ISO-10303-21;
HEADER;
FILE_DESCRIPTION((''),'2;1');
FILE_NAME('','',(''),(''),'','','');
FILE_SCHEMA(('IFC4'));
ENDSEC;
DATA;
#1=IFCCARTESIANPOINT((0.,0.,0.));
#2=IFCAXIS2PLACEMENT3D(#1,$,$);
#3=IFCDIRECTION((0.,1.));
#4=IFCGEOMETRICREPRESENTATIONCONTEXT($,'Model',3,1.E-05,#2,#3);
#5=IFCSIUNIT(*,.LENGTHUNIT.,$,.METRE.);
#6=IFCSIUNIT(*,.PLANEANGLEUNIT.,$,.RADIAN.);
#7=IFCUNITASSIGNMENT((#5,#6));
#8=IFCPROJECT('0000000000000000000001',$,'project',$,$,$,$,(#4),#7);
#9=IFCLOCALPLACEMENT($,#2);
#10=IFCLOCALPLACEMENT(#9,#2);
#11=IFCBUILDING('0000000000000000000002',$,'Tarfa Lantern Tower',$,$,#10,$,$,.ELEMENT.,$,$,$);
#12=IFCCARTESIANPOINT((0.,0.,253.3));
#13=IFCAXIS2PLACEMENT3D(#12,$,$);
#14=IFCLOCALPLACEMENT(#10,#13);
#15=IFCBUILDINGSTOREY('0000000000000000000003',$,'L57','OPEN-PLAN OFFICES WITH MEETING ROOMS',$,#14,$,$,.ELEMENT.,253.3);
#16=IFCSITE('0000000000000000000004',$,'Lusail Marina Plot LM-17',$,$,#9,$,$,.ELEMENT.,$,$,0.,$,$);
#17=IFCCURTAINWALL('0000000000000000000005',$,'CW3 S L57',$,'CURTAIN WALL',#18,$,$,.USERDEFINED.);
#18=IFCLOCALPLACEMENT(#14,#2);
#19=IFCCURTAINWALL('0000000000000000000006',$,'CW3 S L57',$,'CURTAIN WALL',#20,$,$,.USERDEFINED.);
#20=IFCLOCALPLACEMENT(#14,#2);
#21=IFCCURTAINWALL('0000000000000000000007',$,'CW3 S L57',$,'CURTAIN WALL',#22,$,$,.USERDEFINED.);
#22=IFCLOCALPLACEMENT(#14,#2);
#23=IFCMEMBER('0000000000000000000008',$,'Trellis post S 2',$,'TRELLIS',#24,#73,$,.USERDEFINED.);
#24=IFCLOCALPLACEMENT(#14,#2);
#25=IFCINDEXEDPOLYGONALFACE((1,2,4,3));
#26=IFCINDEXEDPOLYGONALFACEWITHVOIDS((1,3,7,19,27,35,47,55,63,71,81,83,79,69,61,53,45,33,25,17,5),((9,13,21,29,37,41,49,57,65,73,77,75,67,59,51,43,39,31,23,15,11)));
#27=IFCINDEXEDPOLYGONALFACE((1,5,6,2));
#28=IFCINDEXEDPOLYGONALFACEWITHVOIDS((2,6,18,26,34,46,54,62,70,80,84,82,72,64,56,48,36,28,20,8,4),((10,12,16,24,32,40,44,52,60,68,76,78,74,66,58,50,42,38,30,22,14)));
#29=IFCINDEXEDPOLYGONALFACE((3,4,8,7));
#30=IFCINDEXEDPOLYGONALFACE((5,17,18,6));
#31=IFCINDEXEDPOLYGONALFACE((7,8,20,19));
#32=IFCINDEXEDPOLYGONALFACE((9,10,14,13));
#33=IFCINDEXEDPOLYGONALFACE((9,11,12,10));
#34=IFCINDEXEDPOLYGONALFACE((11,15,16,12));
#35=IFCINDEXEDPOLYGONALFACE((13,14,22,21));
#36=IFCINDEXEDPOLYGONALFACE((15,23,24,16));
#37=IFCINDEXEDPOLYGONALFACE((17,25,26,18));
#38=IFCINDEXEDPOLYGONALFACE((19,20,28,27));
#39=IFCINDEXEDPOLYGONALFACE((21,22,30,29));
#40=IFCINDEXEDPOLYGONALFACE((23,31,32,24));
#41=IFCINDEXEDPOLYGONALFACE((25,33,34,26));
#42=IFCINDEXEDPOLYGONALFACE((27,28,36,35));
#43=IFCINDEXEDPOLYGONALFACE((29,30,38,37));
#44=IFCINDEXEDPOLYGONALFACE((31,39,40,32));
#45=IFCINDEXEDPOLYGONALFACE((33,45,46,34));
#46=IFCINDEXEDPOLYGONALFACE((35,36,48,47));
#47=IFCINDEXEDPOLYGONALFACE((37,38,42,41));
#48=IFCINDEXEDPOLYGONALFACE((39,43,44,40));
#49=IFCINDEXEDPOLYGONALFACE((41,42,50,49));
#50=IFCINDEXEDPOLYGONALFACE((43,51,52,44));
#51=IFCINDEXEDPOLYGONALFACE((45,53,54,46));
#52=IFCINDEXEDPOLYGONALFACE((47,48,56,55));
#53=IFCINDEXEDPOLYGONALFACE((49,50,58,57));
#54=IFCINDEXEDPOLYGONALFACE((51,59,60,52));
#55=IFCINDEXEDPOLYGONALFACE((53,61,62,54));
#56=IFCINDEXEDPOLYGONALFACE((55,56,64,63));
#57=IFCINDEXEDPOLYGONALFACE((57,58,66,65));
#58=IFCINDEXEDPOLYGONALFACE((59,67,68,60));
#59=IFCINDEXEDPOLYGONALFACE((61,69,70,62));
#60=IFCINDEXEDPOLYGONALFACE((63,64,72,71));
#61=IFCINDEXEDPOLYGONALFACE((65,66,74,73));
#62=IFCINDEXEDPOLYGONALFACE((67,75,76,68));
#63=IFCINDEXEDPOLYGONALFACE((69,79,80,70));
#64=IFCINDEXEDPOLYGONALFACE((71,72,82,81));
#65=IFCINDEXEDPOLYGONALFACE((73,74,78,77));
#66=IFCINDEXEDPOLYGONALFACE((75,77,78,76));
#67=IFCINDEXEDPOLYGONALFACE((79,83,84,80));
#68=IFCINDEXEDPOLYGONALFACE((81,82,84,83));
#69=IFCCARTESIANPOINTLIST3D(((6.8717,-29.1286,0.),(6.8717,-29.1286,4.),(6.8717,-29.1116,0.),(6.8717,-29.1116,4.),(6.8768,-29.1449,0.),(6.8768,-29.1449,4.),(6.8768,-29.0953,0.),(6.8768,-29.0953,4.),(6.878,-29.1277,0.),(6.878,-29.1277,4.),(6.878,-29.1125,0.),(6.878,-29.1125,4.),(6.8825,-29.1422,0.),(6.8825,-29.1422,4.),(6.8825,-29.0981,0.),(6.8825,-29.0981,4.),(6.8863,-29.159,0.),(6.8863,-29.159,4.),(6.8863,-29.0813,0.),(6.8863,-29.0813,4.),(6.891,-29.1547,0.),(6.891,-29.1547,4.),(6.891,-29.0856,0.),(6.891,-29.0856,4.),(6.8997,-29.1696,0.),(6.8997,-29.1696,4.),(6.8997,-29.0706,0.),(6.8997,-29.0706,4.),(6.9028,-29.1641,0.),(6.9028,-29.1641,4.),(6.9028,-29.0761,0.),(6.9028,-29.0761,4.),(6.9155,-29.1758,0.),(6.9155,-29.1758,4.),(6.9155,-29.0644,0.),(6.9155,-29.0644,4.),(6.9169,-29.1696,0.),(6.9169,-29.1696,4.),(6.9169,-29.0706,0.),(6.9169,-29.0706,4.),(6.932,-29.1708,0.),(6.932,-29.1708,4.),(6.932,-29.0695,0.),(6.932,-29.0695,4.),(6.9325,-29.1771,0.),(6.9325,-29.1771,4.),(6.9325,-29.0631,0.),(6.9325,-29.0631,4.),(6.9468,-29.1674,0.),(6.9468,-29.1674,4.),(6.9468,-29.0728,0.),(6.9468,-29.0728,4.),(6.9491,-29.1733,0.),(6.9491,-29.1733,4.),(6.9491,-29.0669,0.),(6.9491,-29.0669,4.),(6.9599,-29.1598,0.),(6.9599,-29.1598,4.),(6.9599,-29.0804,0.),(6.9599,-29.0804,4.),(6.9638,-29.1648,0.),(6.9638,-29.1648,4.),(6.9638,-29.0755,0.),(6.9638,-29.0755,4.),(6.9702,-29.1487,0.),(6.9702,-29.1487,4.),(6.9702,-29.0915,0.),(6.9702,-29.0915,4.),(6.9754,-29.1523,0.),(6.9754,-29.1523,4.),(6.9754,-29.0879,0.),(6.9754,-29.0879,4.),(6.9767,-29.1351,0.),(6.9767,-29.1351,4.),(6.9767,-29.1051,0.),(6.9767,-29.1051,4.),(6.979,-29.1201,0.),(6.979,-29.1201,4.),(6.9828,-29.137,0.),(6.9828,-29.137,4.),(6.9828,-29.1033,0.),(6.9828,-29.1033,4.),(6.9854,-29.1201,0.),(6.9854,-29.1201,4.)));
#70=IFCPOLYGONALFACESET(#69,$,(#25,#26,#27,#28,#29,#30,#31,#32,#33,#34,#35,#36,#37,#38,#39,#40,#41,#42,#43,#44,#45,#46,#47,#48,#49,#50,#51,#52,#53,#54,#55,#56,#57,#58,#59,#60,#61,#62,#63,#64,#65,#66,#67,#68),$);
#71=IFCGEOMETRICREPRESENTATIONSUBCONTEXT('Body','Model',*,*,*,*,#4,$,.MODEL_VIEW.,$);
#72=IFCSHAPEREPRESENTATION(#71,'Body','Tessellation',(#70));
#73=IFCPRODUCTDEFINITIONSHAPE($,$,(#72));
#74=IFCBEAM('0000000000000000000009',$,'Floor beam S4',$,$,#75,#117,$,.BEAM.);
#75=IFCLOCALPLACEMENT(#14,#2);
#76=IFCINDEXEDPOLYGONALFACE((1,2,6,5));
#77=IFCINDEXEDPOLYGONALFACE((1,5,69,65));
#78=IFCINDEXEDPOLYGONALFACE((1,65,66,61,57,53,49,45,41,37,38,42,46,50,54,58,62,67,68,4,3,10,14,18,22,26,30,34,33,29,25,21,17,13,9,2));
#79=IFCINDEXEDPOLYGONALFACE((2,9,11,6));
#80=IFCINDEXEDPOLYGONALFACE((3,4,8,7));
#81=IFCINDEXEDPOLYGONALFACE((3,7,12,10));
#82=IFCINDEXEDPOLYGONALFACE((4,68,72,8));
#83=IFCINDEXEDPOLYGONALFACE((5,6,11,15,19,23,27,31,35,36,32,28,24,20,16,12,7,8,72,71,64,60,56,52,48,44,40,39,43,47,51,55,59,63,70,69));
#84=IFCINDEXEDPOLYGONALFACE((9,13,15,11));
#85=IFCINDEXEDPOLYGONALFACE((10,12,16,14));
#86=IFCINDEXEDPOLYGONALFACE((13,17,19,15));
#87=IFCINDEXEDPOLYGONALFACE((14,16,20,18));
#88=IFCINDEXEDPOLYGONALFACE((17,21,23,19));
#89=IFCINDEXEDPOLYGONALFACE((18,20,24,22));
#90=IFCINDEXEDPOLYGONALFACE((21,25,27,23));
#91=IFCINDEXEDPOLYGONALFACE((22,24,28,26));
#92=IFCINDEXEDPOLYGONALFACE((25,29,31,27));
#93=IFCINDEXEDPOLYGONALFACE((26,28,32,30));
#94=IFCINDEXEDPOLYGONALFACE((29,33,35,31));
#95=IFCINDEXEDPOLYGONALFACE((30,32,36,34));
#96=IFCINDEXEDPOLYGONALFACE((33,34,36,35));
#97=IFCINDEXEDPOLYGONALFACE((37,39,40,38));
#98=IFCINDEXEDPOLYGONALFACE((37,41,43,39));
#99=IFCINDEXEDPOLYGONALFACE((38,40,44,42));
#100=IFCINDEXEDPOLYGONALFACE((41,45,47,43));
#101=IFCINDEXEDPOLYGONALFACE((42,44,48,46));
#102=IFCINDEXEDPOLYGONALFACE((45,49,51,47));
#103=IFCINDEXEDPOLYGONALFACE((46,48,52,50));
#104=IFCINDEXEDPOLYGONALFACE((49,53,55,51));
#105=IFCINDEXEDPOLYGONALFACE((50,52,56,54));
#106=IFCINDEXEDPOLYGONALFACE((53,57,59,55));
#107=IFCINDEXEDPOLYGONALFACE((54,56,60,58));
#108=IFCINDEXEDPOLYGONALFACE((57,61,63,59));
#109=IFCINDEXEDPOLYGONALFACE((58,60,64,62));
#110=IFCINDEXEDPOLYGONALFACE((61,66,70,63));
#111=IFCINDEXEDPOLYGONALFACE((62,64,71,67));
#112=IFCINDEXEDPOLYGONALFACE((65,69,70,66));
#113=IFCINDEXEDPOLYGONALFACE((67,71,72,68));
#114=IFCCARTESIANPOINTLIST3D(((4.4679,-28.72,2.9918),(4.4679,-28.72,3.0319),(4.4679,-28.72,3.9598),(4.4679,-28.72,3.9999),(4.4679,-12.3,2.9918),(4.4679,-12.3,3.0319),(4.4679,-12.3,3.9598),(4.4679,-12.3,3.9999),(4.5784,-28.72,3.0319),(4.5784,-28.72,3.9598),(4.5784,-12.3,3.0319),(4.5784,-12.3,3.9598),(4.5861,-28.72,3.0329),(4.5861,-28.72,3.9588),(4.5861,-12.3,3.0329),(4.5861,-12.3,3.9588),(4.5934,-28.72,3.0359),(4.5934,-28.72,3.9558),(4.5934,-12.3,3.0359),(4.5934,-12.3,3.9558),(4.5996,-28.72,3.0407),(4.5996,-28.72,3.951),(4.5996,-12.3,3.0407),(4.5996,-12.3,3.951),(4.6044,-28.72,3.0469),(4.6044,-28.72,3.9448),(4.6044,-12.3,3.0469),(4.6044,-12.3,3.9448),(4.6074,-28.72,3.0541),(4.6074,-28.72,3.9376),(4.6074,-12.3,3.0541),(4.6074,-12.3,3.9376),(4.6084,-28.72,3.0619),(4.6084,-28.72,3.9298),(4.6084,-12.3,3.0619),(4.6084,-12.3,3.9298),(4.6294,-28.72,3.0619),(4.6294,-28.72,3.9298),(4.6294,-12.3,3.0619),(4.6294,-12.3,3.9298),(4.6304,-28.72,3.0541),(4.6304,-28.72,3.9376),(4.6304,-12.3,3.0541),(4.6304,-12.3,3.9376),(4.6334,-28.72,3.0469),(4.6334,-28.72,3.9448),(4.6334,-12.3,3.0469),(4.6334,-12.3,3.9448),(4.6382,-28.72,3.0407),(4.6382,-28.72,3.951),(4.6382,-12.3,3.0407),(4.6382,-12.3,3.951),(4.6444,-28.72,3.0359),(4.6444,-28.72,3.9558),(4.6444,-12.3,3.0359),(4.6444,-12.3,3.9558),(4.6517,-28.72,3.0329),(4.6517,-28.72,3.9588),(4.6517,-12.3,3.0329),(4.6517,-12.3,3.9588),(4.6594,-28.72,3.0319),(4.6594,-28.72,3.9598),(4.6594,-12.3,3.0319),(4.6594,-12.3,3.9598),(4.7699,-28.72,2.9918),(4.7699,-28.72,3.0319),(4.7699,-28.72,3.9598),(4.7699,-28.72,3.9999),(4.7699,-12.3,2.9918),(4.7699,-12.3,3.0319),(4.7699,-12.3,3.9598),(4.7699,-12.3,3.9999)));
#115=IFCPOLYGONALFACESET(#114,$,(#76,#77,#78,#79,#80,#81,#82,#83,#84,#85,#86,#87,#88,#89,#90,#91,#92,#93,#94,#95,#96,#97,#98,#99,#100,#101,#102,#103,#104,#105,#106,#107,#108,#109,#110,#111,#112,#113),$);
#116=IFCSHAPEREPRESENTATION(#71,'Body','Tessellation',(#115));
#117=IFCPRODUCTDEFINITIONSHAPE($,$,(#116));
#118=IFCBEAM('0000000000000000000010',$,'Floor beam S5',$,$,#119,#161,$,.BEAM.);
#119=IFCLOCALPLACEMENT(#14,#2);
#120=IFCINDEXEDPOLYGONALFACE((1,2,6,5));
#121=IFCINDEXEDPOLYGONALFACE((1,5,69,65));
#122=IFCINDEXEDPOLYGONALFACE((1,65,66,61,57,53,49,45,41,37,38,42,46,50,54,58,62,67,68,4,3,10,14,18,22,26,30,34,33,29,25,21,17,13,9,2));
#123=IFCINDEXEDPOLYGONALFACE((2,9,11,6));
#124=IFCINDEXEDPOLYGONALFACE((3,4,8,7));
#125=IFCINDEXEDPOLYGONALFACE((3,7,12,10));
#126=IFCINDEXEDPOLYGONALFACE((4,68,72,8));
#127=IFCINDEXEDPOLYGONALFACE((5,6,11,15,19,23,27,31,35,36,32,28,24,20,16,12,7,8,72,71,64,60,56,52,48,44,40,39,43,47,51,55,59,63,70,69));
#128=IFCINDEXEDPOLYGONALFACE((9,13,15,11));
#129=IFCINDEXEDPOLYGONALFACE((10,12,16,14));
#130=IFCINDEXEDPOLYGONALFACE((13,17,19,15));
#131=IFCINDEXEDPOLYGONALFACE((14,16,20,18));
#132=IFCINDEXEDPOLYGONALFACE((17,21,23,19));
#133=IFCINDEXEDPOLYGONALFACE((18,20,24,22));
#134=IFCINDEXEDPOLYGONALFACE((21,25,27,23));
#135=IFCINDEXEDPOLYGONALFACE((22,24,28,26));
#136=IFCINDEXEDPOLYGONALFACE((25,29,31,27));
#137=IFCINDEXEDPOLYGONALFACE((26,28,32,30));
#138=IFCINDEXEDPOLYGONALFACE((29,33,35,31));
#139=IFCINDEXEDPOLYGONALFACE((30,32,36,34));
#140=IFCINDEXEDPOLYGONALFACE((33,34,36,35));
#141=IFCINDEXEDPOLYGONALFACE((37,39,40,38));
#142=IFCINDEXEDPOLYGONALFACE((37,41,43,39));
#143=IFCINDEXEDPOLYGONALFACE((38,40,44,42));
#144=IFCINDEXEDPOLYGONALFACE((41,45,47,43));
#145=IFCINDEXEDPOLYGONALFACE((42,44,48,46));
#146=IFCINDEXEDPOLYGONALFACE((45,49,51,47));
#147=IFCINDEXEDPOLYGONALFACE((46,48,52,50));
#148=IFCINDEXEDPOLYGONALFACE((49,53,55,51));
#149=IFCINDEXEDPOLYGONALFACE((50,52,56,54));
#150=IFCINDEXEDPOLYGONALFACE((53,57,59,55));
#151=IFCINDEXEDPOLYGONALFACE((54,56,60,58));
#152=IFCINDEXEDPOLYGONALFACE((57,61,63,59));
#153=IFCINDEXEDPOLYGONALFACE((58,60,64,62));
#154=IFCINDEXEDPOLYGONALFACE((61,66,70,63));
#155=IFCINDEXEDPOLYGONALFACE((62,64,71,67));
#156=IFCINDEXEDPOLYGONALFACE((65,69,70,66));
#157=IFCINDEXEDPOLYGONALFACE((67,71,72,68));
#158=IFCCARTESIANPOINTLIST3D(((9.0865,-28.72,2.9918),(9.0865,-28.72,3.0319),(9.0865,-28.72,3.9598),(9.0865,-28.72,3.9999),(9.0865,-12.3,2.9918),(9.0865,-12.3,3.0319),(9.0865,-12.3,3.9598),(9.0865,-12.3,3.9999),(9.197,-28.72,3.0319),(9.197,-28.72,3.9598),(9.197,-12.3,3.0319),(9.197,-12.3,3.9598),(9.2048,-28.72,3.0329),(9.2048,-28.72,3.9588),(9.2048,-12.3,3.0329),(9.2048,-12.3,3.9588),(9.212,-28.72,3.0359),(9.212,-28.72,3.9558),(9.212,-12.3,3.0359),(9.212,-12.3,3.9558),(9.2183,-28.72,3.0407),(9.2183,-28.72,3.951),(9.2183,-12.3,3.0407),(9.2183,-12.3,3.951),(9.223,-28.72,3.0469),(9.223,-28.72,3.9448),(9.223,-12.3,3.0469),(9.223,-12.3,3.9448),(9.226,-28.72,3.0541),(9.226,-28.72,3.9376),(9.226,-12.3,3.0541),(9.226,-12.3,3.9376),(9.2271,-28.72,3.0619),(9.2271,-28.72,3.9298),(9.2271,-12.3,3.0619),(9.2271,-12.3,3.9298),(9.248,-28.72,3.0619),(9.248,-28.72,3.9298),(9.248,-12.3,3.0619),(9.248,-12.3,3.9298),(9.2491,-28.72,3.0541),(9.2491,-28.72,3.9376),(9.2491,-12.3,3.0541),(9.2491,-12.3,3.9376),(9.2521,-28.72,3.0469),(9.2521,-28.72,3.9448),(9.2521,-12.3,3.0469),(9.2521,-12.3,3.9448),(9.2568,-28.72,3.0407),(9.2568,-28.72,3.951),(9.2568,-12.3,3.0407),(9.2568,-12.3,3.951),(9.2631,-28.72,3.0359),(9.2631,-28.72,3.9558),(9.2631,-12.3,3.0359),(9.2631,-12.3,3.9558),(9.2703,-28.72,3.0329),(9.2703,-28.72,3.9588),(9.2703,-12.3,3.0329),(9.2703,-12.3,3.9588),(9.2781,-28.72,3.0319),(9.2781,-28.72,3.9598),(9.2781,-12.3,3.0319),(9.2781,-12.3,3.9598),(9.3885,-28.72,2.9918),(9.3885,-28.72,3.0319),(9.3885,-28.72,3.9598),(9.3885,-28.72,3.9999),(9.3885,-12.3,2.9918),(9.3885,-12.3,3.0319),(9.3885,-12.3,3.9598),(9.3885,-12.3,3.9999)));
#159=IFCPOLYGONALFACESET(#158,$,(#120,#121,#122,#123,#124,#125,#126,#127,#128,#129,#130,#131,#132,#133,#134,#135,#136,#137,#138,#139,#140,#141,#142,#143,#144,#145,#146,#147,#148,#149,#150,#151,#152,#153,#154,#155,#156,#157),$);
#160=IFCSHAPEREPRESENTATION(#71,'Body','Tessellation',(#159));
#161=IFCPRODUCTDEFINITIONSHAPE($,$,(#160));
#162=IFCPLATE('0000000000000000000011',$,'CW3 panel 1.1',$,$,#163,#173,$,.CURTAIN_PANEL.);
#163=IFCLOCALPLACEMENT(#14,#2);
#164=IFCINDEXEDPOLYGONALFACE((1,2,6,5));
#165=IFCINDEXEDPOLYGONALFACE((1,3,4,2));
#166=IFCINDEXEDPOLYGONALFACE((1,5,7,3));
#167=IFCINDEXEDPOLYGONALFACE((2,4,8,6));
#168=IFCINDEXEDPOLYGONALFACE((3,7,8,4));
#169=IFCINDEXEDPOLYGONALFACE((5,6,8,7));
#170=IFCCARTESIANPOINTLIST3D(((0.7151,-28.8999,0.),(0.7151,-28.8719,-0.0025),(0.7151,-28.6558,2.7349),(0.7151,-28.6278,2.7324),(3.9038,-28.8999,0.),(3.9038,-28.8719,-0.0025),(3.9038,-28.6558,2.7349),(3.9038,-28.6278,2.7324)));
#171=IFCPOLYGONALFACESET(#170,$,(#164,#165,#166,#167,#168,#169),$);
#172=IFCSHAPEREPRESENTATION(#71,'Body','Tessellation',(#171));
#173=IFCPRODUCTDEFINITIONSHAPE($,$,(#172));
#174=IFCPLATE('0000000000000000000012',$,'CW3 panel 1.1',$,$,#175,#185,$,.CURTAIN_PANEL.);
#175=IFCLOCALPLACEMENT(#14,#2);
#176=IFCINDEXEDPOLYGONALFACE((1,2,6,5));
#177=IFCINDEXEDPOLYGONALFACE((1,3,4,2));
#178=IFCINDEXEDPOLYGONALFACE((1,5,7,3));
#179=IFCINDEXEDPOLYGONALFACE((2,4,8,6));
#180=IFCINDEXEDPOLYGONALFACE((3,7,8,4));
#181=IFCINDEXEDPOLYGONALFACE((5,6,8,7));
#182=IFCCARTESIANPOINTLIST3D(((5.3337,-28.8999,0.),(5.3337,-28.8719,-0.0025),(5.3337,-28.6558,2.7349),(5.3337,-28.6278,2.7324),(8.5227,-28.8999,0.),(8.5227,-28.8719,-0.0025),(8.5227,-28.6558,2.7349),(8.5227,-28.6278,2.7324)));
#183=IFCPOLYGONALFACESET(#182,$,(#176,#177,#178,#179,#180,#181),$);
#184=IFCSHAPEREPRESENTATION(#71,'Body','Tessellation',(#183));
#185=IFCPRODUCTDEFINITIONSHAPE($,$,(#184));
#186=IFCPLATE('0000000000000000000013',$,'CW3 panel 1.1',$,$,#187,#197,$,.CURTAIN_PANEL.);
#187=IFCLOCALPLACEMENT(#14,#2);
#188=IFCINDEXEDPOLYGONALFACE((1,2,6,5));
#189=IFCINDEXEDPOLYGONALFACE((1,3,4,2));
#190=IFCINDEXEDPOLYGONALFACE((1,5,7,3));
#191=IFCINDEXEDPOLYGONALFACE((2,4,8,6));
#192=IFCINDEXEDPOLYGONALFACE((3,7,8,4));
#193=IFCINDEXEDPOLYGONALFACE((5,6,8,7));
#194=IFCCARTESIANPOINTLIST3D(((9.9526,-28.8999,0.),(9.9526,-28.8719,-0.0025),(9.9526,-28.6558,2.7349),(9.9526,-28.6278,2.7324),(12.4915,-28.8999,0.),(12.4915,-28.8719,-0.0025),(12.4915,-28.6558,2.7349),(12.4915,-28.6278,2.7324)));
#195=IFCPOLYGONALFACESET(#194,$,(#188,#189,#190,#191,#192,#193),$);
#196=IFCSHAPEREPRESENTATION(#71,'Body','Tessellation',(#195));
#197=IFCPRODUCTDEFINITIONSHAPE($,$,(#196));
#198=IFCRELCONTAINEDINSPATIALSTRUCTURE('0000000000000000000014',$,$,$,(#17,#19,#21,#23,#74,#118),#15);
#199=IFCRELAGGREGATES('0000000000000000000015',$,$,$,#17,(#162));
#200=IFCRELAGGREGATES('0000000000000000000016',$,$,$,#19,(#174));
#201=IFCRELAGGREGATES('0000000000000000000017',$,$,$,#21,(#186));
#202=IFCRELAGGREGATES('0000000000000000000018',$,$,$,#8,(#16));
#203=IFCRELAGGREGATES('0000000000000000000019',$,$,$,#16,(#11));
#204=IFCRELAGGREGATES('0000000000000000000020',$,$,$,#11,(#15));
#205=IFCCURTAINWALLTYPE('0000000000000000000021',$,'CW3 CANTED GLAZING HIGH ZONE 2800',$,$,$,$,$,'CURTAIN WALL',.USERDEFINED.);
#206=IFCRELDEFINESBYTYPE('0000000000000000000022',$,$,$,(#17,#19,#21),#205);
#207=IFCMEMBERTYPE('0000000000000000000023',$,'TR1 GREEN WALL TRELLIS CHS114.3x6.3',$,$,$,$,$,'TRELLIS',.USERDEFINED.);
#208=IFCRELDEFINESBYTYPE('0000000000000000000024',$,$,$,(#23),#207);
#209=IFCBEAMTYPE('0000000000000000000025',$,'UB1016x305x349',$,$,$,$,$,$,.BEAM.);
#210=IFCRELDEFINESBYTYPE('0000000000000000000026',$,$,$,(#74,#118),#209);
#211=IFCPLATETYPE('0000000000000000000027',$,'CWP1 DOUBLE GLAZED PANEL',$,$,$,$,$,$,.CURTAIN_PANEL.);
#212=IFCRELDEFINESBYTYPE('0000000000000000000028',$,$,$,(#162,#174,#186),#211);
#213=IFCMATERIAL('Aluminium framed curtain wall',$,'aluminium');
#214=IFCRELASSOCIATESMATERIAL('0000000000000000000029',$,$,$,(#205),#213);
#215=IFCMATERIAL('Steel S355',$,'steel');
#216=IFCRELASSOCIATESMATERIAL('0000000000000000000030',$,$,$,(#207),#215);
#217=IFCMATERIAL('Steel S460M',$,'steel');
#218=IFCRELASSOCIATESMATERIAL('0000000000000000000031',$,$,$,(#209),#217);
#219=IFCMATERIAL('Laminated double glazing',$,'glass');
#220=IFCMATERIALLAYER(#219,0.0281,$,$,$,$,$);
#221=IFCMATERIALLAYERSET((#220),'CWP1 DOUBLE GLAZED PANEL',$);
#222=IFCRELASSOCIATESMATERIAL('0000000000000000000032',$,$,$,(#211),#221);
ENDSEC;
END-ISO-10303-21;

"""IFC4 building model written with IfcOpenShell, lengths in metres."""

from ifc_helpers import new_model, si_unit, direction, frame, origin, origin_2d, place, context, subcontext, project, spatial, polyline, hollow_circle, i_section, outline, extrude, material, layer, layer_set, material_profile, profile_set, type_object, element, aggregate, save


model = new_model("IFC4")

# Units and contexts
model_context = context("Model", 3, precision=1e-05, world=origin(), true_north=direction((0.0, 1.0)))
body_context = subcontext(model_context, "Body", "Model", "MODEL_VIEW")
ifc_project = project(units=[si_unit("LENGTHUNIT", "METRE"), si_unit("PLANEANGLEUNIT", "RADIAN")], contexts=[model_context])

# Site, building, storey
site_placement = place(None, origin())
site = spatial("IfcSite", under=ifc_project, at=site_placement, Name="Lusail Marina Plot LM-17", CompositionType="ELEMENT", RefElevation=0.0)
building_placement = place(site_placement, origin())
building = spatial("IfcBuilding", under=site, at=building_placement, Name="Tarfa Lantern Tower", CompositionType="ELEMENT")
storey_placement = place(building_placement, frame((0.0, 0.0, 253.3)))
storey = spatial("IfcBuildingStorey", under=building, at=storey_placement, Name="L57", Description="OPEN-PLAN OFFICES WITH MEETING ROOMS", CompositionType="ELEMENT", Elevation=253.3)

# Curtain walls
ifc_material_1 = material(Name="Aluminium framed curtain wall", Category="aluminium")
curtain_wall_type = type_object("IfcCurtainWallType", Name="CW3 CANTED GLAZING HIGH ZONE 2800", ElementType="CURTAIN WALL", PredefinedType="USERDEFINED", material=ifc_material_1)
curtain_wall_1_placement = place(storey_placement, origin())
curtain_wall_1 = element("IfcCurtainWall", 1, at=curtain_wall_1_placement, inside=storey, type_object=curtain_wall_type, Name="CW3 S L57", ObjectType="CURTAIN WALL", PredefinedType="USERDEFINED")
curtain_wall_2_placement = place(storey_placement, origin())
curtain_wall_2 = element("IfcCurtainWall", 2, at=curtain_wall_2_placement, inside=storey, type_object=curtain_wall_type, Name="CW3 S L57", ObjectType="CURTAIN WALL", PredefinedType="USERDEFINED")
curtain_wall_3_placement = place(storey_placement, origin())
curtain_wall_3 = element("IfcCurtainWall", 3, at=curtain_wall_3_placement, inside=storey, type_object=curtain_wall_type, Name="CW3 S L57", ObjectType="CURTAIN WALL", PredefinedType="USERDEFINED")

# Member
ifc_material_2 = material(Name="Steel S355", Category="steel")
ifc_material_profile_1 = material_profile(ifc_material_2, hollow_circle(Radius=0.0571, WallThickness=0.0063, at=origin_2d()), Name="CHS114.3x6.3")
ifc_profile_set_1 = profile_set([ifc_material_profile_1], Name="Steel S355")
member_type_1 = type_object("IfcMemberType", Name="TR1 GREEN WALL TRELLIS CHS114.3x6.3", ElementType="TRELLIS", PredefinedType="USERDEFINED", material=ifc_profile_set_1)
member_1_placement = place(storey_placement, frame((6.9282, -29.1201, 0.0), z_axis=(0.0, 0.0, 1.0), x_axis=(1.0, 0.0, 0.0)))
element("IfcMember", 4, at=member_1_placement, inside=storey, type_object=member_type_1, Name="Trellis post S 2", ObjectType="TRELLIS", PredefinedType="USERDEFINED", context=body_context, shape_type="SweptSolid", body=[
    extrude(hollow_circle(Radius=0.0571, WallThickness=0.0063, at=origin_2d()), origin(), (0.0, 0.0, 1.0), 4.0),
])

# Beams
ifc_material_3 = material(Name="Steel S460M", Category="steel")
ifc_material_profile_2 = material_profile(ifc_material_3, i_section(OverallWidth=0.302, OverallDepth=1.0081, WebThickness=0.021, FlangeThickness=0.04, FilletRadius=0.03, at=origin_2d()), Name="UB1016x305x349")
ifc_profile_set_2 = profile_set([ifc_material_profile_2], Name="Steel S460M")
beam_type_1 = type_object("IfcBeamType", Name="UB1016x305x349", PredefinedType="BEAM", material=ifc_profile_set_2)
for number, where, z_axis, x_axis, name in (
    (5, (4.6189, -28.72, 3.4958), (0.0, 1.0, 0.0), (-1.0, 0.0, 0.0), "Floor beam S4"),
    (6, (9.2375, -28.72, 3.4958), (0.0, 1.0, 0.0), (-1.0, 0.0, 0.0), "Floor beam S5"),
):
    element("IfcBeam", number, at=place(storey_placement, frame(where, z_axis=z_axis, x_axis=x_axis)), inside=storey, type_object=beam_type_1, Name=name, PredefinedType="BEAM", context=body_context, shape_type="SweptSolid", body=[
        extrude(i_section(OverallWidth=0.302, OverallDepth=1.0081, WebThickness=0.021, FlangeThickness=0.04, FilletRadius=0.03, at=origin_2d()), origin(), (0.0, 0.0, 1.0), 16.4199),
    ])

# Plates
ifc_material_4 = material(Name="Laminated double glazing", Category="glass")
ifc_layer_1 = layer(ifc_material_4, 0.0281)
ifc_layer_set_1 = layer_set([ifc_layer_1], Name="CWP1 DOUBLE GLAZED PANEL")
plate_type = type_object("IfcPlateType", Name="CWP1 DOUBLE GLAZED PANEL", PredefinedType="CURTAIN_PANEL", material=ifc_layer_set_1)
plate_1_placement = place(storey_placement, frame((0.7151, -28.8999, 0.0), z_axis=(0.0, -0.996039, 0.088916), x_axis=(1.0, 0.0, 0.0)))
plate_1 = element("IfcPlate", 7, at=plate_1_placement, type_object=plate_type, Name="CW3 panel 1.1", PredefinedType="CURTAIN_PANEL", context=body_context, shape_type="SweptSolid", body=[
    extrude(outline(polyline([(0.0, 0.0), (3.1887, 0.0), (3.1887, 2.7457), (0.0, 2.7457), (0.0, 0.0)])), origin(), (0.0, 0.0, -1.0), 0.0281),
])
aggregate(curtain_wall_1, [plate_1])
plate_2_placement = place(storey_placement, frame((5.3337, -28.8999, 0.0), z_axis=(0.0, -0.996039, 0.088916), x_axis=(1.0, 0.0, 0.0)))
plate_2 = element("IfcPlate", 8, at=plate_2_placement, type_object=plate_type, Name="CW3 panel 1.1", PredefinedType="CURTAIN_PANEL", context=body_context, shape_type="SweptSolid", body=[
    extrude(outline(polyline([(0.0, 0.0), (3.189, 0.0), (3.189, 2.7457), (0.0, 2.7457), (0.0, 0.0)])), origin(), (0.0, 0.0, -1.0), 0.0281),
])
aggregate(curtain_wall_2, [plate_2])
plate_3_placement = place(storey_placement, frame((9.9526, -28.8999, 0.0), z_axis=(0.0, -0.996039, 0.088916), x_axis=(1.0, 0.0, 0.0)))
plate_3 = element("IfcPlate", 9, at=plate_3_placement, type_object=plate_type, Name="CW3 panel 1.1", PredefinedType="CURTAIN_PANEL", context=body_context, shape_type="SweptSolid", body=[
    extrude(outline(polyline([(0.0, 0.0), (2.5388, 0.0), (2.5388, 2.7457), (0.0, 2.7457), (0.0, 0.0)])), origin(), (0.0, 0.0, -1.0), 0.0281),
])
aggregate(curtain_wall_3, [plate_3])

save(model, "model.ifc")
